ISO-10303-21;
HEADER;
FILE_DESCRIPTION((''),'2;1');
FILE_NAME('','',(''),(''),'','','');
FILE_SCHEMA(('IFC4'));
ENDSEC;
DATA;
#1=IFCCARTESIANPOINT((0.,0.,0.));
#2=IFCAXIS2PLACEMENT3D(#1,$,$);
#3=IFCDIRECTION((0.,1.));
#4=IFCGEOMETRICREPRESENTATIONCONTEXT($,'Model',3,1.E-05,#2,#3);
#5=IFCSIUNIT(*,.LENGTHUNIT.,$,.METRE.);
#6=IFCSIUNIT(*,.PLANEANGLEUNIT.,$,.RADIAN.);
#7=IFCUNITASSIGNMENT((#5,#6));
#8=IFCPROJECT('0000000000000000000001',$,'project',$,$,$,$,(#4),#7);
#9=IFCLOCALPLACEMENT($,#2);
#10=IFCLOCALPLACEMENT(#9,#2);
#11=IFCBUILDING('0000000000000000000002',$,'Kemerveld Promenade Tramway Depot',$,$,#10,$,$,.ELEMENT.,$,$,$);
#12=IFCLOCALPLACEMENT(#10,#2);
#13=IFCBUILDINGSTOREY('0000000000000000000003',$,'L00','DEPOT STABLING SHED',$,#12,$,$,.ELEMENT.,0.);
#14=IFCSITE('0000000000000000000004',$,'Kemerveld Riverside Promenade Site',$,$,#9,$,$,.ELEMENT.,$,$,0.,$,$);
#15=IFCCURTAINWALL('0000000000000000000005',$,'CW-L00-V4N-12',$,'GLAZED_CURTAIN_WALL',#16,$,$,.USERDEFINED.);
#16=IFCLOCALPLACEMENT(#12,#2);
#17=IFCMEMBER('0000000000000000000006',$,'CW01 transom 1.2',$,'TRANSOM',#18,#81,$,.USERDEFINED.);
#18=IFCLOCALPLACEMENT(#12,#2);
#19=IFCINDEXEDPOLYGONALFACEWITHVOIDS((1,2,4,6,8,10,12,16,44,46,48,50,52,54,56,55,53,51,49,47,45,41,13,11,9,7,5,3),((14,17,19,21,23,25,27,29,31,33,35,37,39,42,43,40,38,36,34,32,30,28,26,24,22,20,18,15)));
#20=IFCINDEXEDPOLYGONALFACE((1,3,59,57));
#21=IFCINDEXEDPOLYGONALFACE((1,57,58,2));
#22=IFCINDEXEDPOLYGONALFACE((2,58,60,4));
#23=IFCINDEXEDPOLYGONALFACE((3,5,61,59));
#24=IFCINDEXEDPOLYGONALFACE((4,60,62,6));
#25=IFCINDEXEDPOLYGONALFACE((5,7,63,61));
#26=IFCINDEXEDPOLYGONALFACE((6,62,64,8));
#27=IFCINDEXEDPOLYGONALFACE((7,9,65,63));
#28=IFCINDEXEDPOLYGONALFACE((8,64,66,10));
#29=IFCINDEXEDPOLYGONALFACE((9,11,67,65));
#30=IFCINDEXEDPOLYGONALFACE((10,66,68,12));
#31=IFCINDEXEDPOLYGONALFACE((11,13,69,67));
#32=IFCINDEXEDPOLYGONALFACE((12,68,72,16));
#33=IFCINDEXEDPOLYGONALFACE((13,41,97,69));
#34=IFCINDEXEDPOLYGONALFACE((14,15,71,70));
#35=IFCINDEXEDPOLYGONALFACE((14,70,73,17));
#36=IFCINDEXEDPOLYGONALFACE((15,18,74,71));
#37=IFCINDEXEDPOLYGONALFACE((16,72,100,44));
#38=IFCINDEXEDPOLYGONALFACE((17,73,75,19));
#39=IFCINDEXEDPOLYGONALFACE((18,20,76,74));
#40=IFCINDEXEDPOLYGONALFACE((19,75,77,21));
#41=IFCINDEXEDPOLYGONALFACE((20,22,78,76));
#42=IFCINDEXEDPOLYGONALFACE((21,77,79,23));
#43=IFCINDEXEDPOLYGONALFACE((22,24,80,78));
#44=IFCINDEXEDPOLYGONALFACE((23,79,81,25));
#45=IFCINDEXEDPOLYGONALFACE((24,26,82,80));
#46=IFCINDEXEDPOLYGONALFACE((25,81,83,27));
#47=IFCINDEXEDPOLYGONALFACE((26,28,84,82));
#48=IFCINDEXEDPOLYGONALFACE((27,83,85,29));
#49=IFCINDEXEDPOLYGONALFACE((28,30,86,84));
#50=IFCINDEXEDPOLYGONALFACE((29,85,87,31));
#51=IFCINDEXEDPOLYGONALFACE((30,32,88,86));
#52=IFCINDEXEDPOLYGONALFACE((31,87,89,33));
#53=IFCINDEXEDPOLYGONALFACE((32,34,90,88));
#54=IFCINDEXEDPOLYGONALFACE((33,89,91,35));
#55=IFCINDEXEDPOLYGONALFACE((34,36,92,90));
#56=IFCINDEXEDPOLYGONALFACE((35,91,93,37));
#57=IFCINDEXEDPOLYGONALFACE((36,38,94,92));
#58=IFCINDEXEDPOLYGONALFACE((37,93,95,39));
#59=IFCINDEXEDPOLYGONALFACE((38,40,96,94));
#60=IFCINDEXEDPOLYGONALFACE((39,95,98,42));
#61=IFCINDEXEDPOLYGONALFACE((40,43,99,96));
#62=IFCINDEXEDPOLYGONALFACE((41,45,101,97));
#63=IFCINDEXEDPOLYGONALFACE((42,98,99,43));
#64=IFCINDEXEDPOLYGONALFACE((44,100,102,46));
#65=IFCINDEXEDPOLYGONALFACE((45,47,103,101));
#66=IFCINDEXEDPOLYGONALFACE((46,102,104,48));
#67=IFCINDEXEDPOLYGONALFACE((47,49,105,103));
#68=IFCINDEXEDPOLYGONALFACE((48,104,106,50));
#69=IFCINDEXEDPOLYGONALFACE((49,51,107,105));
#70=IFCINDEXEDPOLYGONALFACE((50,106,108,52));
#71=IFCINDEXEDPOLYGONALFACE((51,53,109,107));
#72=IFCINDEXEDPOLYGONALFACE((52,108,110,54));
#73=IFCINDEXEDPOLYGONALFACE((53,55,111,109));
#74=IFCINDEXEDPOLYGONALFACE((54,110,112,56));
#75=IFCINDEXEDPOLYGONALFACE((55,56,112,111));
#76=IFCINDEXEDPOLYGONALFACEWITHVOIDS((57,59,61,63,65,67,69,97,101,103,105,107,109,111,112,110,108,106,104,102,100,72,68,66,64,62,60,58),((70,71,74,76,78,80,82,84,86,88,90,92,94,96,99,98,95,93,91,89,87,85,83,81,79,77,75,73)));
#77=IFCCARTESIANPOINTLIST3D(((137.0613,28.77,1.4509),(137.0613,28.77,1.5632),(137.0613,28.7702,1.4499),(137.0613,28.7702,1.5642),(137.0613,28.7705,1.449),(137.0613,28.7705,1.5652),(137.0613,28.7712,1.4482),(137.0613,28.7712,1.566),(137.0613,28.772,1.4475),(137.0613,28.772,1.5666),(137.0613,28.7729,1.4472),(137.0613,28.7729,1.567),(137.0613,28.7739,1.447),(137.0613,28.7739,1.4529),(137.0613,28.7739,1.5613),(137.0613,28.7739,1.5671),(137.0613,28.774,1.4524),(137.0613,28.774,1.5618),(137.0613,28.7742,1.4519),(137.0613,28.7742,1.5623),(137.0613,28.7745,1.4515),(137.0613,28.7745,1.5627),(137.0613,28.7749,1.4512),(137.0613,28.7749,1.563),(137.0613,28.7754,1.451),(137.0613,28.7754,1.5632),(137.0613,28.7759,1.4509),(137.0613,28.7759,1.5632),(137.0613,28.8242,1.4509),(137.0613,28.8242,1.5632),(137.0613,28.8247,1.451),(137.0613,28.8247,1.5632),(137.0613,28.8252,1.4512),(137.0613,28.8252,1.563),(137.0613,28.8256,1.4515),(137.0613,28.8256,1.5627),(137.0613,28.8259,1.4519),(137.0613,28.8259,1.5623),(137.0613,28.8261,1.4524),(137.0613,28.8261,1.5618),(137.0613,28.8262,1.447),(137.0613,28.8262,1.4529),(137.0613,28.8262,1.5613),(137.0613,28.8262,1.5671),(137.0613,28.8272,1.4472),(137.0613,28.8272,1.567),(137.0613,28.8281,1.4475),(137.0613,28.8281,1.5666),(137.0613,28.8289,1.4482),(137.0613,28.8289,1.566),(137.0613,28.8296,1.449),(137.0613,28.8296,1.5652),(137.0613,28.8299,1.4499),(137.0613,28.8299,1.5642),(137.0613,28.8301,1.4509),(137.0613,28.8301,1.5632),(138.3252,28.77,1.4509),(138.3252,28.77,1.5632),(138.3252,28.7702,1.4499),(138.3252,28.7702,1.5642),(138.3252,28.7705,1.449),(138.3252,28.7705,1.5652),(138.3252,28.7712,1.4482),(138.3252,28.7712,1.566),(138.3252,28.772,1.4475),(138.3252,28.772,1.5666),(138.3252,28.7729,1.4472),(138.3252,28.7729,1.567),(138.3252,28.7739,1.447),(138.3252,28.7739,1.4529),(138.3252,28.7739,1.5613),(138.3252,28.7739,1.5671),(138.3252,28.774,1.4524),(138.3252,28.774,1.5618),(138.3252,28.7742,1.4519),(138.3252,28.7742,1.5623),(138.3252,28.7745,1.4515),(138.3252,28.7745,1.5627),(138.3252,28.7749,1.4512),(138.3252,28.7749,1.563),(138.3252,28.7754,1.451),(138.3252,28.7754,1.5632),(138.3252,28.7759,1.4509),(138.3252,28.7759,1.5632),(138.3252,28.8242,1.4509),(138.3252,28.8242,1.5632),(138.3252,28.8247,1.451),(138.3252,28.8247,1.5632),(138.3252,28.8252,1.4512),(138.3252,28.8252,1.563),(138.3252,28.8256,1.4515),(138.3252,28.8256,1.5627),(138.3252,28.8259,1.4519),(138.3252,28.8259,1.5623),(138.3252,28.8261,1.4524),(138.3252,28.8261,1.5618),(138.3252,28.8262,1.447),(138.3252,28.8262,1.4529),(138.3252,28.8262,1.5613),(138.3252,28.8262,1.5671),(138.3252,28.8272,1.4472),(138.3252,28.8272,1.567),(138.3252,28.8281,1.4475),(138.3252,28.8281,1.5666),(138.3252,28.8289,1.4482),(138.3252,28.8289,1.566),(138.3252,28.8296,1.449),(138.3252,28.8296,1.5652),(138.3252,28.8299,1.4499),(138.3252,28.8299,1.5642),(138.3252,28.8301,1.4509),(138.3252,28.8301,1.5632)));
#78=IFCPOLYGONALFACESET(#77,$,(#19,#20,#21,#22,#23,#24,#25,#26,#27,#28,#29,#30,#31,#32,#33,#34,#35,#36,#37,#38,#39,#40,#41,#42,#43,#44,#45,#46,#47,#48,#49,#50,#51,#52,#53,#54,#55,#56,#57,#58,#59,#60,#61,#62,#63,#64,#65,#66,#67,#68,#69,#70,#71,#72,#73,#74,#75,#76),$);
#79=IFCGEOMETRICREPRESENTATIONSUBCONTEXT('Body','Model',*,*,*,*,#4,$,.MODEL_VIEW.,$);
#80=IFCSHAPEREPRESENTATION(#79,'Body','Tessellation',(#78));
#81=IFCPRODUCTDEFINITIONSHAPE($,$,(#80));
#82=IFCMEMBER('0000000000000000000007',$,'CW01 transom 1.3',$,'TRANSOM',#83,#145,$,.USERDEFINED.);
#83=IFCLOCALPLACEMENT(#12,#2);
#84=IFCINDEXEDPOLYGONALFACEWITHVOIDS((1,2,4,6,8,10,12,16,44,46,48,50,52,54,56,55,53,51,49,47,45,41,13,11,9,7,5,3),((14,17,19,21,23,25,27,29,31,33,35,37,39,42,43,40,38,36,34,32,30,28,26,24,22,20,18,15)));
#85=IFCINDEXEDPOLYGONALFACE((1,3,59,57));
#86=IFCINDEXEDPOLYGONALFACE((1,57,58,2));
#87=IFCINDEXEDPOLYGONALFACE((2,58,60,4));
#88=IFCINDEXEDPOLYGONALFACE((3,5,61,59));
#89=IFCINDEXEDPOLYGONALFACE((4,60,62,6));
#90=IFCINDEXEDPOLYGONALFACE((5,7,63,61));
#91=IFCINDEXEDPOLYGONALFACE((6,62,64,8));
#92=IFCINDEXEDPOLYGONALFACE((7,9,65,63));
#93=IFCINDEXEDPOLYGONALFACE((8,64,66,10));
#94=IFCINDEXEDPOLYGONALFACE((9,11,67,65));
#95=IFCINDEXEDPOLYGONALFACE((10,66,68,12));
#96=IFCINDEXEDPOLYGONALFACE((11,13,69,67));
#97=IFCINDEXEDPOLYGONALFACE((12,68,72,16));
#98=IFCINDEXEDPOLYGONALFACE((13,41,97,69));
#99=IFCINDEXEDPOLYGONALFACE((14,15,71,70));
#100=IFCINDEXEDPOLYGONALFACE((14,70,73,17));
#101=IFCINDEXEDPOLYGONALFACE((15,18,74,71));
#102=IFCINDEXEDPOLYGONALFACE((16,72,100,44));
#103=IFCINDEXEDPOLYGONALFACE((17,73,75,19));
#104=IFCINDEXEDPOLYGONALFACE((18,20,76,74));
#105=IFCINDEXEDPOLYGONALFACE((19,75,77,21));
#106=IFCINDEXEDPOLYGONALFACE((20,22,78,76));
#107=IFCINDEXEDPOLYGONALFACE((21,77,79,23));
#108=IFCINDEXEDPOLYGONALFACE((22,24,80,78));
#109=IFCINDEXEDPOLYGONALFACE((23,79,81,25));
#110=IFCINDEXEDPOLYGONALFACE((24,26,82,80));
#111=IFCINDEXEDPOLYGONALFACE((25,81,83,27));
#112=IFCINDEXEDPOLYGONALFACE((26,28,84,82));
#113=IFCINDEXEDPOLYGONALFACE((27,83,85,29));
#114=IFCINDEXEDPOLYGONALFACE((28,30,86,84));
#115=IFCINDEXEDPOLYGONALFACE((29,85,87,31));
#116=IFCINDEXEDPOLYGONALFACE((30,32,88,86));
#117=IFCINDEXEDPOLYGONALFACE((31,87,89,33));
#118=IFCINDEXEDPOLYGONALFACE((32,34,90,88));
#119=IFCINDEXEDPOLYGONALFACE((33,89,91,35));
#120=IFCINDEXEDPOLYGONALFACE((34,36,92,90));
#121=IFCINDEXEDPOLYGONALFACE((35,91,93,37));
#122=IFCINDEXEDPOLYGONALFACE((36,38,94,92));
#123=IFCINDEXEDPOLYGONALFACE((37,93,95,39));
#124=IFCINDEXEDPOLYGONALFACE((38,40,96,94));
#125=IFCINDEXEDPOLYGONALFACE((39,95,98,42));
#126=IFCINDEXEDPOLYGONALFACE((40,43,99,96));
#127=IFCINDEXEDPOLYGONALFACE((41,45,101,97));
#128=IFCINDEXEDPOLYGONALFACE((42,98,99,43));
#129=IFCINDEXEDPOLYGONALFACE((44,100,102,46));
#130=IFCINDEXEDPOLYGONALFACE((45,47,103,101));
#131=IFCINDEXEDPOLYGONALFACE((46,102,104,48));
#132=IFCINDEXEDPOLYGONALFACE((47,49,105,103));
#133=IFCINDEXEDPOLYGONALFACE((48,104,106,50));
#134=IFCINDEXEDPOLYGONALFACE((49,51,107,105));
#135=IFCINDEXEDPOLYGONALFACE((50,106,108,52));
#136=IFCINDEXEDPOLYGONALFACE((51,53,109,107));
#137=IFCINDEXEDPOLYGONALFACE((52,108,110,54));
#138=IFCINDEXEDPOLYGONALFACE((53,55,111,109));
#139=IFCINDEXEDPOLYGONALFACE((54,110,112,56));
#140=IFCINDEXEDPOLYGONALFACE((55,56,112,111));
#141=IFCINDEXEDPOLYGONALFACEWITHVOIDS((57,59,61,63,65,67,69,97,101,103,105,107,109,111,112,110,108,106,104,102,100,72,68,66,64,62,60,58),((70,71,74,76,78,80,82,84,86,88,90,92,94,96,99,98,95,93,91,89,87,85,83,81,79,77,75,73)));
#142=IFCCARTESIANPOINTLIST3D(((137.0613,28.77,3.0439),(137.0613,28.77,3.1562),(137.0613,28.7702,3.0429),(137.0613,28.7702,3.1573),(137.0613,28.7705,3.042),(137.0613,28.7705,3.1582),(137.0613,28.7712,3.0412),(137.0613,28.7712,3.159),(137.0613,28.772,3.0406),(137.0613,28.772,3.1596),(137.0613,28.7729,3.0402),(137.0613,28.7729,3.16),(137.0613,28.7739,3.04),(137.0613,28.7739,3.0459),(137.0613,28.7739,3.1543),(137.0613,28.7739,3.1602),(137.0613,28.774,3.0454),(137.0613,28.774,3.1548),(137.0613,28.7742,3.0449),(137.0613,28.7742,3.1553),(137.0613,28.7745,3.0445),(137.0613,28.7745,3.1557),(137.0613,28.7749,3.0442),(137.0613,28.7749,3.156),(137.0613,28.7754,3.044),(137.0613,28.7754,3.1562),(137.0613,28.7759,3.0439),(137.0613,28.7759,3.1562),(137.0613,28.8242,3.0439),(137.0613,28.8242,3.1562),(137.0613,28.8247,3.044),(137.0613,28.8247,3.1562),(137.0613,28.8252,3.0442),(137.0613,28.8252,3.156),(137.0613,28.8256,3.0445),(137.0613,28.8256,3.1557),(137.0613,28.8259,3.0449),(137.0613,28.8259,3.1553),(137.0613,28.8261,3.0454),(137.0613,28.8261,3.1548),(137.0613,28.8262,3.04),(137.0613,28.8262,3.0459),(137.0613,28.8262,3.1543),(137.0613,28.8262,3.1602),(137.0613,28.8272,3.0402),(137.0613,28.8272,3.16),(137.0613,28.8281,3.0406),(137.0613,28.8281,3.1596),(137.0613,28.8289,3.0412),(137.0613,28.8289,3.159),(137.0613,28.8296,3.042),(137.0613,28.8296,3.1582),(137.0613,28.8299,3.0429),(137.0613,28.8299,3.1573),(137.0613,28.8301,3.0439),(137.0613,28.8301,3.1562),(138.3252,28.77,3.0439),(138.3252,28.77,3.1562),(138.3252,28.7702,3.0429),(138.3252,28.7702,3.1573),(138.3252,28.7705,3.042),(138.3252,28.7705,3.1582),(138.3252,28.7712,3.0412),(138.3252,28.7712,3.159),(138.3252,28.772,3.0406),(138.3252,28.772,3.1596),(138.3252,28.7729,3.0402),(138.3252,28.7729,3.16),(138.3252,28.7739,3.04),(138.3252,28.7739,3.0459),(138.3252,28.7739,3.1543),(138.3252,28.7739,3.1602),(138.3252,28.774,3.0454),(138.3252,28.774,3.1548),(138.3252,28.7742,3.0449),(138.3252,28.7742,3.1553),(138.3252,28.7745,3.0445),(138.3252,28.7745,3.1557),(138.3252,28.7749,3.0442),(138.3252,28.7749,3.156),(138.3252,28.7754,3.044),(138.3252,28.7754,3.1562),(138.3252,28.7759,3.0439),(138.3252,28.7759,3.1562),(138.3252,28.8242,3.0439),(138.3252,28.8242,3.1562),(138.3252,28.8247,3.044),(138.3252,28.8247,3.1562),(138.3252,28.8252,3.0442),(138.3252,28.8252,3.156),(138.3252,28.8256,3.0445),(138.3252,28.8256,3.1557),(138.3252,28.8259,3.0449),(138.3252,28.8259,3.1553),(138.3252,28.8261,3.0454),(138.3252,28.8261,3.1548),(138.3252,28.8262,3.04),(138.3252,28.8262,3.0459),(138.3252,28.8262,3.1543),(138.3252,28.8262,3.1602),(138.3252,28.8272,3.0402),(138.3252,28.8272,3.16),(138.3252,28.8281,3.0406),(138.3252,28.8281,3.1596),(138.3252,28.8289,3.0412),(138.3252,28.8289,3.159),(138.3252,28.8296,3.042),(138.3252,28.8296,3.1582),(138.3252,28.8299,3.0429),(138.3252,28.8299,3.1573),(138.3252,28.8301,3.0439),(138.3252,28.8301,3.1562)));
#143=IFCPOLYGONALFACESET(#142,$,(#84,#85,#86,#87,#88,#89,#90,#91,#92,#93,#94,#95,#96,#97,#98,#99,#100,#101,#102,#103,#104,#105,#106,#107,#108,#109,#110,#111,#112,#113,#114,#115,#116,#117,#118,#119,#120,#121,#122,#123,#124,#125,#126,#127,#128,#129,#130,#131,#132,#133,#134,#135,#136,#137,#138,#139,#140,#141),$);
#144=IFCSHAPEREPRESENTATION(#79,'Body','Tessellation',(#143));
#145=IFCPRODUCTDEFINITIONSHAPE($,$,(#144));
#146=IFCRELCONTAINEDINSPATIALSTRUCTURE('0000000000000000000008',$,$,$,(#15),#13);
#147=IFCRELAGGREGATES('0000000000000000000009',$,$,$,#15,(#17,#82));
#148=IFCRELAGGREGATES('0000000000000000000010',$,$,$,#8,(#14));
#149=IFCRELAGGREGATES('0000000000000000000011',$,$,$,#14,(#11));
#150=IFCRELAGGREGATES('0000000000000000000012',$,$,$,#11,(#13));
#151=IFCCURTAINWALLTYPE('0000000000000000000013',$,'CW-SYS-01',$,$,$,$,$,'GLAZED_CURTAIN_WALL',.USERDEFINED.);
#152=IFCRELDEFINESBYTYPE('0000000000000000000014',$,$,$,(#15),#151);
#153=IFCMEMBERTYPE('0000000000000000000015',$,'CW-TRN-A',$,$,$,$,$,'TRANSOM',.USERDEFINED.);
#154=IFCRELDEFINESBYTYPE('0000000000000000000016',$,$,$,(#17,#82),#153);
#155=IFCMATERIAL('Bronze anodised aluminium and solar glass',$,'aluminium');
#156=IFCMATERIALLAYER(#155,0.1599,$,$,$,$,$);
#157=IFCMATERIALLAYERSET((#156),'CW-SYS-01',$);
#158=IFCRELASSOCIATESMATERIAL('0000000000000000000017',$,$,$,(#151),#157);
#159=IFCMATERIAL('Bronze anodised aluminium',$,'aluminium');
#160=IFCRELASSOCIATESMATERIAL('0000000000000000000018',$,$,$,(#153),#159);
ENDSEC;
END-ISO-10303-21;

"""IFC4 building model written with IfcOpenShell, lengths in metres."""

from ifc_helpers import new_model, si_unit, direction, frame, origin, origin_2d, place, context, subcontext, project, spatial, hollow_rectangle, extrude, material, layer, layer_set, material_profile, profile_set, type_object, element, aggregate, save


model = new_model("IFC4")

# Units and contexts
model_context = context("Model", 3, precision=1e-05, world=origin(), true_north=direction((0.0, 1.0)))
body_context = subcontext(model_context, "Body", "Model", "MODEL_VIEW")
ifc_project = project(units=[si_unit("LENGTHUNIT", "METRE"), si_unit("PLANEANGLEUNIT", "RADIAN")], contexts=[model_context])

# Site, building, storey
site_placement = place(None, origin())
site = spatial("IfcSite", under=ifc_project, at=site_placement, Name="Kemerveld Riverside Promenade Site", CompositionType="ELEMENT", RefElevation=0.0)
building_placement = place(site_placement, origin())
building = spatial("IfcBuilding", under=site, at=building_placement, Name="Kemerveld Promenade Tramway Depot", CompositionType="ELEMENT")
storey_placement = place(building_placement, origin())
storey = spatial("IfcBuildingStorey", under=building, at=storey_placement, Name="L00", Description="DEPOT STABLING SHED", CompositionType="ELEMENT", Elevation=0.0)

# Curtain wall, members
ifc_material_1 = material(Name="Bronze anodised aluminium and solar glass", Category="aluminium")
ifc_layer_1 = layer(ifc_material_1, 0.1599)
ifc_layer_set_1 = layer_set([ifc_layer_1], Name="CW-SYS-01")
curtain_wall_type = type_object("IfcCurtainWallType", Name="CW-SYS-01", ElementType="GLAZED_CURTAIN_WALL", PredefinedType="USERDEFINED", material=ifc_layer_set_1)
curtain_wall_placement = place(storey_placement, origin())
curtain_wall = element("IfcCurtainWall", 1, at=curtain_wall_placement, inside=storey, type_object=curtain_wall_type, Name="CW-L00-V4N-12", ObjectType="GLAZED_CURTAIN_WALL", PredefinedType="USERDEFINED")
ifc_material_2 = material(Name="Bronze anodised aluminium", Category="aluminium")
ifc_material_profile_1 = material_profile(ifc_material_2, hollow_rectangle(XDim=0.0601, YDim=0.1201, WallThickness=0.0039, InnerFilletRadius=0.002, OuterFilletRadius=0.0039, at=origin_2d()), Name="CW-TRN-120x60")
ifc_profile_set_1 = profile_set([ifc_material_profile_1], Name="Bronze anodised aluminium")
member_type_1 = type_object("IfcMemberType", Name="CW-TRN-A", ElementType="TRANSOM", PredefinedType="USERDEFINED", material=ifc_profile_set_1)
member_1_placement = place(storey_placement, frame((137.0613, 28.8, 1.5071), z_axis=(1.0, 0.0, 0.0), x_axis=(0.0, 1.0, 0.0)))
member_1 = element("IfcMember", 2, at=member_1_placement, type_object=member_type_1, Name="CW01 transom 1.2", ObjectType="TRANSOM", PredefinedType="USERDEFINED", context=body_context, shape_type="SweptSolid", body=[
    extrude(hollow_rectangle(XDim=0.0601, YDim=0.1201, WallThickness=0.0039, InnerFilletRadius=0.002, OuterFilletRadius=0.0039, at=origin_2d()), origin(), (0.0, 0.0, 1.0), 1.2639),
])
member_2_placement = place(storey_placement, frame((137.0613, 28.8, 3.1001), z_axis=(1.0, 0.0, 0.0), x_axis=(0.0, 1.0, 0.0)))
member_2 = element("IfcMember", 3, at=member_2_placement, type_object=member_type_1, Name="CW01 transom 1.3", ObjectType="TRANSOM", PredefinedType="USERDEFINED", context=body_context, shape_type="SweptSolid", body=[
    extrude(hollow_rectangle(XDim=0.0601, YDim=0.1201, WallThickness=0.0039, InnerFilletRadius=0.002, OuterFilletRadius=0.0039, at=origin_2d()), origin(), (0.0, 0.0, 1.0), 1.2639),
])
aggregate(curtain_wall, [member_1, member_2])

save(model, "model.ifc")
